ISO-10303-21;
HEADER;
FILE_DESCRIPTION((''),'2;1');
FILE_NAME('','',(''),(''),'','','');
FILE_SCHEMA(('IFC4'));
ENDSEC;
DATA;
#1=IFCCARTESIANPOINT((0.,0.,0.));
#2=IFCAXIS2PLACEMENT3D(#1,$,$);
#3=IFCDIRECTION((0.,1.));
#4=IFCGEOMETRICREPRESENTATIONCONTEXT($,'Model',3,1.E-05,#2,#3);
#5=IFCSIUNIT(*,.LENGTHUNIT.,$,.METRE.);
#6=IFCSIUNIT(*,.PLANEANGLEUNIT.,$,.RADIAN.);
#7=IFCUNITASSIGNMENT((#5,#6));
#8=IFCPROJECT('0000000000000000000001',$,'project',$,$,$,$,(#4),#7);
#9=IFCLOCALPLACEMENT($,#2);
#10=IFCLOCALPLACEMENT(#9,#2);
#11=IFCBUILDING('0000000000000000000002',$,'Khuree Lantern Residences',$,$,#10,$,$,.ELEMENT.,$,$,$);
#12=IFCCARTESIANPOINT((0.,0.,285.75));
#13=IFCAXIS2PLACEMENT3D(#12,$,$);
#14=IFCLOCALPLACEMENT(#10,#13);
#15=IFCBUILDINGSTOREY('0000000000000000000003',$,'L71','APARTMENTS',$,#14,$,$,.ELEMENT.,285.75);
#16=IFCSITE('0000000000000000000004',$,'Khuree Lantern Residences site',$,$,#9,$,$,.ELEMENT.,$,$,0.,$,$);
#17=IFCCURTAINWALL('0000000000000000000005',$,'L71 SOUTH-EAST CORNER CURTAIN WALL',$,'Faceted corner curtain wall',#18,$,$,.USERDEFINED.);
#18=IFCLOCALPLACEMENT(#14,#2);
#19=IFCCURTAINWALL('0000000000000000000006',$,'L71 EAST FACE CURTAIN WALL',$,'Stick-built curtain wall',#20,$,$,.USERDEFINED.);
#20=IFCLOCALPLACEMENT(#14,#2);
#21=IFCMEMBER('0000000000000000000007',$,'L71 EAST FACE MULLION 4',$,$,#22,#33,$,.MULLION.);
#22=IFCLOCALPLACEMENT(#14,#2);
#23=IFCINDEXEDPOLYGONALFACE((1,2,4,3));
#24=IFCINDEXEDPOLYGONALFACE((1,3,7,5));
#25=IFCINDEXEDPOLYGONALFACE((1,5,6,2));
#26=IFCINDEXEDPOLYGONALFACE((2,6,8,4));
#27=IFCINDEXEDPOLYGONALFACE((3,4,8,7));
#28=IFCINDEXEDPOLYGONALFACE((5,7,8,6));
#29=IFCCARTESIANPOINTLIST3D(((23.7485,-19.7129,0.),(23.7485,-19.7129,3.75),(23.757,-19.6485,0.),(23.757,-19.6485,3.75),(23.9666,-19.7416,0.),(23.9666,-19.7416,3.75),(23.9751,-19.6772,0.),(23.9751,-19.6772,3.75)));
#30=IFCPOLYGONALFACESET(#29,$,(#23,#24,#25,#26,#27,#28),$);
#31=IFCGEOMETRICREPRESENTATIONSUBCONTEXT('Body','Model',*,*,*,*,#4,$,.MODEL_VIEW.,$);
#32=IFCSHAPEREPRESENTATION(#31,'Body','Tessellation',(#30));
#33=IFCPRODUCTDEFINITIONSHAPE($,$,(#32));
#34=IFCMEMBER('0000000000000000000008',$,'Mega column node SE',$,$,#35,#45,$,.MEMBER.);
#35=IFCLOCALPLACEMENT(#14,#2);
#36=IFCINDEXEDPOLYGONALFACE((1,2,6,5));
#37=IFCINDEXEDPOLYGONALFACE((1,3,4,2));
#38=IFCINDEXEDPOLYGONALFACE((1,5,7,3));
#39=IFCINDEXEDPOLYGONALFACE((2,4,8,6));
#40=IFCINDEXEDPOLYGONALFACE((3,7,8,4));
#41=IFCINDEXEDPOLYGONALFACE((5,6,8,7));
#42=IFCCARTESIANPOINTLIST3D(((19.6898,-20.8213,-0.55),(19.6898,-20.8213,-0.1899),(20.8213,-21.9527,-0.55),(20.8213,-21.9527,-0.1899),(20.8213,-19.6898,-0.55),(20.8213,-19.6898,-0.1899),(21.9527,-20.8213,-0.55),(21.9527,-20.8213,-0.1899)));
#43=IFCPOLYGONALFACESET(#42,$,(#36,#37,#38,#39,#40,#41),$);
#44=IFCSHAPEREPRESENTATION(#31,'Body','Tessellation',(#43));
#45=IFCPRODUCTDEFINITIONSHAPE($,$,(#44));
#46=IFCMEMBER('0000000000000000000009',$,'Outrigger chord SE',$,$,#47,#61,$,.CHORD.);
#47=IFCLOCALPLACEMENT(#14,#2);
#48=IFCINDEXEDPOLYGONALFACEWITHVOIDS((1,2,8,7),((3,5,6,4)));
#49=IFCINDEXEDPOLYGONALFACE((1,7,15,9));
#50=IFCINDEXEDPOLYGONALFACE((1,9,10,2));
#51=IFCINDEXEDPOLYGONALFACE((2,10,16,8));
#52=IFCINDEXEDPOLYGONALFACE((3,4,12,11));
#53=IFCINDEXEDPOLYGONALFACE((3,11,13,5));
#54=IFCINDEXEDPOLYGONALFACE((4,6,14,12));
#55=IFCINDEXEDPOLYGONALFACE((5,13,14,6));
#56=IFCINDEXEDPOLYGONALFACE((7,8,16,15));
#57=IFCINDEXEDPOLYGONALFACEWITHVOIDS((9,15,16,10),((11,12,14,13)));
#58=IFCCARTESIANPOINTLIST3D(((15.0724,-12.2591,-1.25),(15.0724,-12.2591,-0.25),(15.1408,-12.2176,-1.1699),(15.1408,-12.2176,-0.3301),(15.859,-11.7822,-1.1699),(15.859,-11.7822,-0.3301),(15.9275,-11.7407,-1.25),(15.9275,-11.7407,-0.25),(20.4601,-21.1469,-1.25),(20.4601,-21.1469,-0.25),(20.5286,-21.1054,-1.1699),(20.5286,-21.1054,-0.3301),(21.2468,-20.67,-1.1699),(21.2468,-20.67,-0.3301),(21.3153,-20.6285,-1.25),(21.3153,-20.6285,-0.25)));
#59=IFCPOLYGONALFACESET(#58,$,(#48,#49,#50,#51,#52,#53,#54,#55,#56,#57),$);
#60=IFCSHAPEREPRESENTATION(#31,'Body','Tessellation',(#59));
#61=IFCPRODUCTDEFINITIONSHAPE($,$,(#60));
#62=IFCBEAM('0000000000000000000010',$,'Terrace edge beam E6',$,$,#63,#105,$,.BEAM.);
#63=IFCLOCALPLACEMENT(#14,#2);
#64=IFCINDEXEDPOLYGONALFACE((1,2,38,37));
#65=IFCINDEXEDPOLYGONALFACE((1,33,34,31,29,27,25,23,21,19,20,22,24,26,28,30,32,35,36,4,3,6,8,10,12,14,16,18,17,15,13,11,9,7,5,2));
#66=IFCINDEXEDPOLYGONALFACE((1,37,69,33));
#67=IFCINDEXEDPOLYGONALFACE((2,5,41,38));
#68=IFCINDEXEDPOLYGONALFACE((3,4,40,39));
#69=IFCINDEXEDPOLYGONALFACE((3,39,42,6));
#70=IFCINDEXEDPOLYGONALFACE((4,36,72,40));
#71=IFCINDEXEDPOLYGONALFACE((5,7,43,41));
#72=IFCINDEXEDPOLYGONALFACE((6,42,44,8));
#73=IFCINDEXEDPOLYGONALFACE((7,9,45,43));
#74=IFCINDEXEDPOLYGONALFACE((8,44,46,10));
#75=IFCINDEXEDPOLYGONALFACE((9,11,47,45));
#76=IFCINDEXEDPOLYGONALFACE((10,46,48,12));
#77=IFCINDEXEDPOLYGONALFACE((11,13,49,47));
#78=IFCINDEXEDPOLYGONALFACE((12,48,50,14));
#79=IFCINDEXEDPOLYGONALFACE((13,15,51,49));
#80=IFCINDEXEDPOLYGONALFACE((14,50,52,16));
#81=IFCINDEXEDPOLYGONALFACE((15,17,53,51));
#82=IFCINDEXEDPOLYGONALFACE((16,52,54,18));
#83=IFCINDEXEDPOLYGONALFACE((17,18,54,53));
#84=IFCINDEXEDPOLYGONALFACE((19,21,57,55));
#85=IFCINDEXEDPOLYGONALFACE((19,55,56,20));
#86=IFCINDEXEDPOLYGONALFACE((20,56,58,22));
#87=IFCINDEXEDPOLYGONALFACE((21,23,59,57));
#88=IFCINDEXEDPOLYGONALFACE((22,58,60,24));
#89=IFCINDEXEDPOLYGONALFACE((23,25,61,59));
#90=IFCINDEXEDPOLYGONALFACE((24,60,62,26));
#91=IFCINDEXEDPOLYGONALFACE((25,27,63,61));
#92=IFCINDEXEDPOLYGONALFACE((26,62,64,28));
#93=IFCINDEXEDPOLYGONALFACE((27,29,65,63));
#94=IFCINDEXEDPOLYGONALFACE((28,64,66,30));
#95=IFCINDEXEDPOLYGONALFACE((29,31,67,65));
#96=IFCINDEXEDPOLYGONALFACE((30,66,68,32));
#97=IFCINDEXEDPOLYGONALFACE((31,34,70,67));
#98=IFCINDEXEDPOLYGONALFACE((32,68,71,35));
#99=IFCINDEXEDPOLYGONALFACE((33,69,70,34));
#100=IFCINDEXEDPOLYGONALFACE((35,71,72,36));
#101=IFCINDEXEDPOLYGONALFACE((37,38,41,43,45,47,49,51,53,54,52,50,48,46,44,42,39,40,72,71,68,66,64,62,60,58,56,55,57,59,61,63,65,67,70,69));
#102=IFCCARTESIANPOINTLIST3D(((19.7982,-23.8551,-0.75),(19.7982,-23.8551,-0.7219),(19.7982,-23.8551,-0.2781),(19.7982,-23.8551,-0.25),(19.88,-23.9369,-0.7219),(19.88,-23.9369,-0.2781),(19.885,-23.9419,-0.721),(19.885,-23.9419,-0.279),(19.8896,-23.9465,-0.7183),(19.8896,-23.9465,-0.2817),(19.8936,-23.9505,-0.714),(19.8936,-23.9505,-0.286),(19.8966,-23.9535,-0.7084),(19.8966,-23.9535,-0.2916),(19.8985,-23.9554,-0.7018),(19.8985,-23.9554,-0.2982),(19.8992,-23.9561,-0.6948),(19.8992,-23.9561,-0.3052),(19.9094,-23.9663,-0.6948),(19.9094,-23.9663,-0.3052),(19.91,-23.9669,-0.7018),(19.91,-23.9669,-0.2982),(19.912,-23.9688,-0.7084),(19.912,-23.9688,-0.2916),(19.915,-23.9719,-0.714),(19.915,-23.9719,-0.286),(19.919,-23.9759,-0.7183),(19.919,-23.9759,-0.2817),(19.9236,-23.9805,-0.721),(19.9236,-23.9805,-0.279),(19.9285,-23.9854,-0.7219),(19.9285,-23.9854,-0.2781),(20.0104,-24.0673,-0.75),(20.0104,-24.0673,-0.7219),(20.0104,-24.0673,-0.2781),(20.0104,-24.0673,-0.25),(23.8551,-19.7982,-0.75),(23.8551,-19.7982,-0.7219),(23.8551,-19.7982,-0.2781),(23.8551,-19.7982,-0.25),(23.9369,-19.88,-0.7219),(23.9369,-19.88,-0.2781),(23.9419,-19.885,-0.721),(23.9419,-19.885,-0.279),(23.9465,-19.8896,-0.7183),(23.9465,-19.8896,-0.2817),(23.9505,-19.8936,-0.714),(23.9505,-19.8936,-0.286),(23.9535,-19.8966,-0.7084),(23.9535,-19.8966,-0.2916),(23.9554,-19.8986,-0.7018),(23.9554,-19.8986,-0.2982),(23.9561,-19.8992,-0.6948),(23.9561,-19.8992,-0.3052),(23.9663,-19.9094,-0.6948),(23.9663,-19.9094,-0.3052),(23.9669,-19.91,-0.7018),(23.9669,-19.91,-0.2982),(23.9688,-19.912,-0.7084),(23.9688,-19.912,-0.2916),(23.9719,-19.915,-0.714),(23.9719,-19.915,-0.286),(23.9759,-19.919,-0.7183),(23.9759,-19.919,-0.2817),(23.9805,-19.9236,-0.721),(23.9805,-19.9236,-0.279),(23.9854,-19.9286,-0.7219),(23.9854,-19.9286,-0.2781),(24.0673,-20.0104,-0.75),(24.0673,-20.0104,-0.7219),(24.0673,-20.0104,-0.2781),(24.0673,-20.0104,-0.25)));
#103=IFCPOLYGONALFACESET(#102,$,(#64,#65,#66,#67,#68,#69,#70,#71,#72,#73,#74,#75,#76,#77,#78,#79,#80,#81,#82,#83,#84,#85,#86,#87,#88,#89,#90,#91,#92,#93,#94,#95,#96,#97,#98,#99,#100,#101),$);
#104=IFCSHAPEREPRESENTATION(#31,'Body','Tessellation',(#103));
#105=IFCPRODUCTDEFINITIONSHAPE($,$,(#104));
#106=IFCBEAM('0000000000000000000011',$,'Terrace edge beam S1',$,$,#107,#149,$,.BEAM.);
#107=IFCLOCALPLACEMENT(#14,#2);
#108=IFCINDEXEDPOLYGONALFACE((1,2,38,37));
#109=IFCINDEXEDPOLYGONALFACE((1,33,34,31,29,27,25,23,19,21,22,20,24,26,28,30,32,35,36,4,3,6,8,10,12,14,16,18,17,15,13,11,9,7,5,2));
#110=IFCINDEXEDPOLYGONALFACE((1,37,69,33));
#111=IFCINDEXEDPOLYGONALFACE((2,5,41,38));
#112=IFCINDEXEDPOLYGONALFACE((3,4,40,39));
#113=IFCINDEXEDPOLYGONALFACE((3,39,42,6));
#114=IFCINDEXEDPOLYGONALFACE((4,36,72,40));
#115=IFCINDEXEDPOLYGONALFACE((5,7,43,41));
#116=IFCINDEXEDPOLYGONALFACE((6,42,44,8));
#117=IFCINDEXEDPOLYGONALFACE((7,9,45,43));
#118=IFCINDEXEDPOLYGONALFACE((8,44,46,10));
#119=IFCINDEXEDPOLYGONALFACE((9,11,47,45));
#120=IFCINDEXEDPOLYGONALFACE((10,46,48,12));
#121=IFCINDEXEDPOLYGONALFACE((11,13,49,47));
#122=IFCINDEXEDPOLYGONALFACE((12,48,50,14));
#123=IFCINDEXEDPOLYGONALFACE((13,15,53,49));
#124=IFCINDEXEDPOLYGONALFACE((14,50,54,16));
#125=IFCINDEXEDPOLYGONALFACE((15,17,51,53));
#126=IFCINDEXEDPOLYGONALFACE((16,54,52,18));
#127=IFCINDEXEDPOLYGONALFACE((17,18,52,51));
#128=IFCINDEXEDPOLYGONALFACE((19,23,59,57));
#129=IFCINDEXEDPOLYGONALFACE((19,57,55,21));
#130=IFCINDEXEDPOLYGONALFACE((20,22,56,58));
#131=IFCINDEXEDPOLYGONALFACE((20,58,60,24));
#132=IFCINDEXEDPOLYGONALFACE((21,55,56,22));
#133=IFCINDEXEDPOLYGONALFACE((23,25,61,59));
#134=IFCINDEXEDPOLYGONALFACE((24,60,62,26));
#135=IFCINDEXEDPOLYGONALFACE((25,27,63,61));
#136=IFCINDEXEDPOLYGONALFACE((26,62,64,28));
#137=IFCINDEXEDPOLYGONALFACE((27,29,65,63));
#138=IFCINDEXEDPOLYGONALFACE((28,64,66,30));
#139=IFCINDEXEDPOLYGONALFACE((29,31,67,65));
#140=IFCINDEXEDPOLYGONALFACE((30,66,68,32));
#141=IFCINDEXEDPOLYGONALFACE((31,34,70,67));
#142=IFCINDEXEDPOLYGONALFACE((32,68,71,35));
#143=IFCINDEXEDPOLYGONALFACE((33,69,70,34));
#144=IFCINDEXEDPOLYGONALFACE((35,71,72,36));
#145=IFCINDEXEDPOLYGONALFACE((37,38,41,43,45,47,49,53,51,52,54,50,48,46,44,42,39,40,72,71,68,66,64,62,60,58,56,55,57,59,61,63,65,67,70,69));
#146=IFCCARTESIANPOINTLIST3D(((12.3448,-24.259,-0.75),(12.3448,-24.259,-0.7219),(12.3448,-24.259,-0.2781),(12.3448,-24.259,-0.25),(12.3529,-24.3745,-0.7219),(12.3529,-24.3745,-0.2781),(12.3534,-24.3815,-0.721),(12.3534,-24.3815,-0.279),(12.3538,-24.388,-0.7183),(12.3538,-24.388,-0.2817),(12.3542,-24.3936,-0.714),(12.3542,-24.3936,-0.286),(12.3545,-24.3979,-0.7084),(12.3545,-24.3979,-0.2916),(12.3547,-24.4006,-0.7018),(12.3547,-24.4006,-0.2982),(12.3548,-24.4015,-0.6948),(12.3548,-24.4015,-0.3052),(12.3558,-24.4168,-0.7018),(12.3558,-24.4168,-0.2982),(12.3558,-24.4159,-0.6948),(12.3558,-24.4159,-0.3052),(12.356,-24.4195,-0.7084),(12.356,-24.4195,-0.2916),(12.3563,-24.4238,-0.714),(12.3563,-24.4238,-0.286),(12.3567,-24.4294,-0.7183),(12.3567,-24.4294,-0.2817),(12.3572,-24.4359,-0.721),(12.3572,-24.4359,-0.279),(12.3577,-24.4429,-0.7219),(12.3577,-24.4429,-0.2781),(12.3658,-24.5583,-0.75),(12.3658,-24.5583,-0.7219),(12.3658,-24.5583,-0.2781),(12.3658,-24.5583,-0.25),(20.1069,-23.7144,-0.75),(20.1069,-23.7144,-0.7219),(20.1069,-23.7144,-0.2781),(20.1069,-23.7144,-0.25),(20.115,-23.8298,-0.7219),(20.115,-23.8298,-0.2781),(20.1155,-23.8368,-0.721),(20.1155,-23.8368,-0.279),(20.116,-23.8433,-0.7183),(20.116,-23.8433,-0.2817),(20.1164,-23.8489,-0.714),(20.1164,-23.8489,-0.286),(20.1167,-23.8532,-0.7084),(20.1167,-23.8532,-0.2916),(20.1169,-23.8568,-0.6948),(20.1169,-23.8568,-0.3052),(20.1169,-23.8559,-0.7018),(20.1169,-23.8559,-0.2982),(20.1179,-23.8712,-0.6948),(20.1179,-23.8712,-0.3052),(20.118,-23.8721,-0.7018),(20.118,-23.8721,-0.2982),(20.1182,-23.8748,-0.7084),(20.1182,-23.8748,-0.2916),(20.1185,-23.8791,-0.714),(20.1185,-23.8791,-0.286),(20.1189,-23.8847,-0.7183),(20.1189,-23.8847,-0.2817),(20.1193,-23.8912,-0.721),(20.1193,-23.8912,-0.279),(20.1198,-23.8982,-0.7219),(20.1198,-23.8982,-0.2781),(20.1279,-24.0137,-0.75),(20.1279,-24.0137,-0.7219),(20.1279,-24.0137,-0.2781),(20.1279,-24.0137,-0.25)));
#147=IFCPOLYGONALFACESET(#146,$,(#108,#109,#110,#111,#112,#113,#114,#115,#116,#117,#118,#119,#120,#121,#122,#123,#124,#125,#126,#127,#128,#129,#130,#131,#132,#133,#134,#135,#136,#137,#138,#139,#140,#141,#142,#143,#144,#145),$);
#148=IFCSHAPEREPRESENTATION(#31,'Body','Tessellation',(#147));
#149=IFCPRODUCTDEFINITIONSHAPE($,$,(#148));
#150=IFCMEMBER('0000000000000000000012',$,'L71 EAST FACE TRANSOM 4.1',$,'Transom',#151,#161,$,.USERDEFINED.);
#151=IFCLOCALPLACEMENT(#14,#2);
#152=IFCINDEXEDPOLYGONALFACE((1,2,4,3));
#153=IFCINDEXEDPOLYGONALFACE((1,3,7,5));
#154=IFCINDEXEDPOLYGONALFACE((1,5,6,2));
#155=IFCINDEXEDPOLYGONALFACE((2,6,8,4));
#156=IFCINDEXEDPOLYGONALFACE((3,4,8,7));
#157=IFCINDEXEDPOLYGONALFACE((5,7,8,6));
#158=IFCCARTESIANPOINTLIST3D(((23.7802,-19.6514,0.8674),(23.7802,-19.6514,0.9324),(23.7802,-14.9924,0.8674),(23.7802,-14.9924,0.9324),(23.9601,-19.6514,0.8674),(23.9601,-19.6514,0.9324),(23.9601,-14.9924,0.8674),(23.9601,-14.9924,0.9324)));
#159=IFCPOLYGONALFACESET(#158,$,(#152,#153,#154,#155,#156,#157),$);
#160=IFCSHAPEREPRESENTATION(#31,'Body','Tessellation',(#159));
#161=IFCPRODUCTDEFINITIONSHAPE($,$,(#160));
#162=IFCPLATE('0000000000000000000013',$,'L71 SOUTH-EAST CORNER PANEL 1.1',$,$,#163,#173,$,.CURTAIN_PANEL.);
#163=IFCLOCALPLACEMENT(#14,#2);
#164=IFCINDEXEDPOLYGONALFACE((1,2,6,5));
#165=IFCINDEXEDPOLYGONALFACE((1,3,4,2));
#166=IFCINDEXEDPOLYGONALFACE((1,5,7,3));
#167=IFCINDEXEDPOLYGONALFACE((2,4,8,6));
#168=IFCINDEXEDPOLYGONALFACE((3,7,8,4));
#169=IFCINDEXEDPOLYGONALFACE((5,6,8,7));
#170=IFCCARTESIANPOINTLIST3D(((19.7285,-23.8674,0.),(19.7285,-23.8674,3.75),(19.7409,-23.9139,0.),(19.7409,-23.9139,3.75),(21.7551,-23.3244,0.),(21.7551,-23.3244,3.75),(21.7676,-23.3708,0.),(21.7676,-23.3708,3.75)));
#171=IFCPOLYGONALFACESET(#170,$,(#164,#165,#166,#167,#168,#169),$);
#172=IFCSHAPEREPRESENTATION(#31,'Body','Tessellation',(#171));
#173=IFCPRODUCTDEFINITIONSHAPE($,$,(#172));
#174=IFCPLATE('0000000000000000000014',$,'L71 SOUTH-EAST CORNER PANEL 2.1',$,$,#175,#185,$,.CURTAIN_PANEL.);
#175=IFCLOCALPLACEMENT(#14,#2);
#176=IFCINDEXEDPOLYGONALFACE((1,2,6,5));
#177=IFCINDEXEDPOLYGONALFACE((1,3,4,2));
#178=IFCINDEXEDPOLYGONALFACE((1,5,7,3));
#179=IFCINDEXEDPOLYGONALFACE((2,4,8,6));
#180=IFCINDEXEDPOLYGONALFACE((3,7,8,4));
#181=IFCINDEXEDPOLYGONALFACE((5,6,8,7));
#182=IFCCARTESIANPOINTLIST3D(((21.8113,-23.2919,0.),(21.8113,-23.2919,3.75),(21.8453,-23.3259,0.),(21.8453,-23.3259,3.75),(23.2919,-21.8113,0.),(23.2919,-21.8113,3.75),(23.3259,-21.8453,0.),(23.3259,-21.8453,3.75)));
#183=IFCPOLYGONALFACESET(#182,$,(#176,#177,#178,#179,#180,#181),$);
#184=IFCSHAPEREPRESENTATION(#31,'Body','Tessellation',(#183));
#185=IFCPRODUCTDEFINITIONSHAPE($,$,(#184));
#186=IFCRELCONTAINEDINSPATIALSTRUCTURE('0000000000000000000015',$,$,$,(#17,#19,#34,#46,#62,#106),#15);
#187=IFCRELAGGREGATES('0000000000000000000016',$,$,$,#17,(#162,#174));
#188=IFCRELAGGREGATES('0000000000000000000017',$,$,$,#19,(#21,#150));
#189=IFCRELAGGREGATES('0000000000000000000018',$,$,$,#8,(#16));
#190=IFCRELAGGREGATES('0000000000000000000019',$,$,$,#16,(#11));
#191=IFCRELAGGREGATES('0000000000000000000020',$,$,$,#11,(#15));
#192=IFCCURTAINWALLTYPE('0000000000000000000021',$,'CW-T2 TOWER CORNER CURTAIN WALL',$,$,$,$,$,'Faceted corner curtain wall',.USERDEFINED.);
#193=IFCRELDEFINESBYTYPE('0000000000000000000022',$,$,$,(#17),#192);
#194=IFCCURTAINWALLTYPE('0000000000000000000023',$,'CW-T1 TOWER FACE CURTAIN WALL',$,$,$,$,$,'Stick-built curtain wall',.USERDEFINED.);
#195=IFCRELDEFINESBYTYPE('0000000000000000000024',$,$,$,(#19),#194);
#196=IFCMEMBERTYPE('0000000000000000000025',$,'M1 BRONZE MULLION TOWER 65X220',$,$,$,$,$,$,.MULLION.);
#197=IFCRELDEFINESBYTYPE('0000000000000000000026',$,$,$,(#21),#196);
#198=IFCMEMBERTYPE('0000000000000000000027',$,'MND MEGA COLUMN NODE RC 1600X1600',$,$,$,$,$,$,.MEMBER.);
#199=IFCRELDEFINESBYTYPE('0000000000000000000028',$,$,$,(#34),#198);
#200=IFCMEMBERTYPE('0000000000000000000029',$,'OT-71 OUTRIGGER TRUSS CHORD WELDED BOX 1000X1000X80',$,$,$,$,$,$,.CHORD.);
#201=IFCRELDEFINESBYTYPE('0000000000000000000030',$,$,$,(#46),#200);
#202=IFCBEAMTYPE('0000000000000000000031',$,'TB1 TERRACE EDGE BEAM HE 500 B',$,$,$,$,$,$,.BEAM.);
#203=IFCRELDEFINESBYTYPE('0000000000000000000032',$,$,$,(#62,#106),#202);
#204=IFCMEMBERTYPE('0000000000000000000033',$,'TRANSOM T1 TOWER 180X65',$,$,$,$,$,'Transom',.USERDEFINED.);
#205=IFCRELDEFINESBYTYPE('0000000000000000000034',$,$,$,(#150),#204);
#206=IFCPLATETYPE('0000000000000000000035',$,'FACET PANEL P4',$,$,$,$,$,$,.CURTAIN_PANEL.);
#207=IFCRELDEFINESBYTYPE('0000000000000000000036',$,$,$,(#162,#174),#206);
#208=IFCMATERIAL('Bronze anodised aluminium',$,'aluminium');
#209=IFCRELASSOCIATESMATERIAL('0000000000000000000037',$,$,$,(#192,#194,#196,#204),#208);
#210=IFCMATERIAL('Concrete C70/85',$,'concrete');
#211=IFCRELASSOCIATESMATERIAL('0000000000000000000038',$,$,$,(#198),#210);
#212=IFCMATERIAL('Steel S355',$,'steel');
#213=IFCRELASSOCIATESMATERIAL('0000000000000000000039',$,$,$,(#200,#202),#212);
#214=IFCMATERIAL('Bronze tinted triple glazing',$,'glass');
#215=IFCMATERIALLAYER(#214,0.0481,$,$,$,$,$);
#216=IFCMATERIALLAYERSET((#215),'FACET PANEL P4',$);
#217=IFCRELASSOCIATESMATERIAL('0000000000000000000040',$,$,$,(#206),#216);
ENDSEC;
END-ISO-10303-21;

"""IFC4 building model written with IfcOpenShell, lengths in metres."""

from ifc_helpers import new_model, si_unit, direction, frame, origin, origin_2d, place, context, subcontext, project, spatial, rectangle, hollow_rectangle, i_section, extrude, material, layer, layer_set, material_profile, profile_set, type_object, element, aggregate, save


model = new_model("IFC4")

# Units and contexts
model_context = context("Model", 3, precision=1e-05, world=origin(), true_north=direction((0.0, 1.0)))
body_context = subcontext(model_context, "Body", "Model", "MODEL_VIEW")
ifc_project = project(units=[si_unit("LENGTHUNIT", "METRE"), si_unit("PLANEANGLEUNIT", "RADIAN")], contexts=[model_context])

# Site, building, storey
site_placement = place(None, origin())
site = spatial("IfcSite", under=ifc_project, at=site_placement, Name="Khuree Lantern Residences site", CompositionType="ELEMENT", RefElevation=0.0)
building_placement = place(site_placement, origin())
building = spatial("IfcBuilding", under=site, at=building_placement, Name="Khuree Lantern Residences", CompositionType="ELEMENT")
storey_placement = place(building_placement, frame((0.0, 0.0, 285.75)))
storey = spatial("IfcBuildingStorey", under=building, at=storey_placement, Name="L71", Description="APARTMENTS", CompositionType="ELEMENT", Elevation=285.75)

# Shared definitions
ifc_material_1 = material(Name="Concrete C70/85", Category="concrete")

# Shared definitions
ifc_material_2 = material(Name="Steel S355", Category="steel")

# Curtain wall
ifc_material_3 = material(Name="Bronze anodised aluminium", Category="aluminium")
curtain_wall_type_1 = type_object("IfcCurtainWallType", Name="CW-T2 TOWER CORNER CURTAIN WALL", ElementType="Faceted corner curtain wall", PredefinedType="USERDEFINED", material=ifc_material_3)
curtain_wall_1_placement = place(storey_placement, origin())
curtain_wall_1 = element("IfcCurtainWall", 1, at=curtain_wall_1_placement, inside=storey, type_object=curtain_wall_type_1, Name="L71 SOUTH-EAST CORNER CURTAIN WALL", ObjectType="Faceted corner curtain wall", PredefinedType="USERDEFINED")
ifc_material_profile_1 = material_profile(ifc_material_3, rectangle(XDim=0.0649, YDim=0.22, at=origin_2d()), Name="M1 65X220")
ifc_profile_set_1 = profile_set([ifc_material_profile_1], Name="Bronze anodised aluminium")
member_type_1 = type_object("IfcMemberType", Name="M1 BRONZE MULLION TOWER 65X220", PredefinedType="MULLION", material=ifc_profile_set_1)

# Curtain wall, member
curtain_wall_type_2 = type_object("IfcCurtainWallType", Name="CW-T1 TOWER FACE CURTAIN WALL", ElementType="Stick-built curtain wall", PredefinedType="USERDEFINED", material=ifc_material_3)
curtain_wall_2_placement = place(storey_placement, origin())
curtain_wall_2 = element("IfcCurtainWall", 2, at=curtain_wall_2_placement, inside=storey, type_object=curtain_wall_type_2, Name="L71 EAST FACE CURTAIN WALL", ObjectType="Stick-built curtain wall", PredefinedType="USERDEFINED")
member_1_placement = place(storey_placement, frame((23.8618, -19.6951, 0.0), z_axis=(0.0, 0.0, 1.0), x_axis=(0.130526, 0.991445, 0.0)))
member_1 = element("IfcMember", 3, at=member_1_placement, type_object=member_type_1, Name="L71 EAST FACE MULLION 4", PredefinedType="MULLION", context=body_context, shape_type="SweptSolid", body=[
    extrude(rectangle(XDim=0.0649, YDim=0.22, at=origin_2d()), origin(), (0.0, 0.0, 1.0), 3.75),
])

# Members
ifc_material_profile_2 = material_profile(ifc_material_1, rectangle(XDim=1.6001, YDim=1.6001, at=origin_2d()), Name="RC 1600X1600")
ifc_profile_set_2 = profile_set([ifc_material_profile_2], Name="Concrete C70/85")
member_type_2 = type_object("IfcMemberType", Name="MND MEGA COLUMN NODE RC 1600X1600", PredefinedType="MEMBER", material=ifc_profile_set_2)
member_2_placement = place(storey_placement, frame((20.8213, -20.8213, -0.55), z_axis=(0.0, 0.0, 1.0), x_axis=(0.707107, 0.707107, 0.0)))
element("IfcMember", 4, at=member_2_placement, inside=storey, type_object=member_type_2, Name="Mega column node SE", PredefinedType="MEMBER", context=body_context, shape_type="SweptSolid", body=[
    extrude(rectangle(XDim=1.6001, YDim=1.6001, at=origin_2d()), origin(), (0.0, 0.0, 1.0), 0.3601),
])
ifc_material_profile_3 = material_profile(ifc_material_2, hollow_rectangle(XDim=1.0, YDim=1.0, WallThickness=0.0801, at=origin_2d()), Name="WELDED BOX 1000X1000X80")
ifc_profile_set_3 = profile_set([ifc_material_profile_3], Name="Steel S355")
member_type_3 = type_object("IfcMemberType", Name="OT-71 OUTRIGGER TRUSS CHORD WELDED BOX 1000X1000X80", PredefinedType="CHORD", material=ifc_profile_set_3)
member_3_placement = place(storey_placement, frame((20.8877, -20.8877, -0.75), z_axis=(-0.518387, 0.855146, 0.0), x_axis=(-0.855146, -0.518387, 0.0)))
element("IfcMember", 5, at=member_3_placement, inside=storey, type_object=member_type_3, Name="Outrigger chord SE", PredefinedType="CHORD", context=body_context, shape_type="SweptSolid", body=[
    extrude(hollow_rectangle(XDim=1.0, YDim=1.0, WallThickness=0.0801, at=origin_2d()), origin(), (0.0, 0.0, 1.0), 10.3933),
])

# Beams
ifc_material_profile_4 = material_profile(ifc_material_2, i_section(OverallWidth=0.3, OverallDepth=0.5, WebThickness=0.0144, FlangeThickness=0.0281, FilletRadius=0.0271, at=origin_2d()), Name="HE 500 B")
ifc_profile_set_4 = profile_set([ifc_material_profile_4], Name="Steel S355")
beam_type_1 = type_object("IfcBeamType", Name="TB1 TERRACE EDGE BEAM HE 500 B", PredefinedType="BEAM", material=ifc_profile_set_4)
beam_1_placement = place(storey_placement, frame((23.9612, -19.9043, -0.5), z_axis=(-0.707107, -0.707107, 0.0), x_axis=(0.707107, -0.707107, 0.0)))
element("IfcBeam", 6, at=beam_1_placement, inside=storey, type_object=beam_type_1, Name="Terrace edge beam E6", PredefinedType="BEAM", context=body_context, shape_type="SweptSolid", body=[
    extrude(i_section(OverallWidth=0.3, OverallDepth=0.5, WebThickness=0.0144, FlangeThickness=0.0281, FilletRadius=0.0271, at=origin_2d()), origin(), (0.0, 0.0, 1.0), 5.7373),
])
beam_2_placement = place(storey_placement, frame((20.1174, -23.864, -0.5), z_axis=(-0.997547, -0.069998, 0.0), x_axis=(0.069998, -0.997547, 0.0)))
element("IfcBeam", 7, at=beam_2_placement, inside=storey, type_object=beam_type_1, Name="Terrace edge beam S1", PredefinedType="BEAM", context=body_context, shape_type="SweptSolid", body=[
    extrude(i_section(OverallWidth=0.3, OverallDepth=0.5, WebThickness=0.0144, FlangeThickness=0.0281, FilletRadius=0.0271, at=origin_2d()), origin(), (0.0, 0.0, 1.0), 7.7812),
])

# Member
ifc_material_profile_5 = material_profile(ifc_material_3, rectangle(XDim=0.1799, YDim=0.0649, at=origin_2d()), Name="T1 180X65")
ifc_profile_set_5 = profile_set([ifc_material_profile_5], Name="Bronze anodised aluminium")
member_type_4 = type_object("IfcMemberType", Name="TRANSOM T1 TOWER 180X65", ElementType="Transom", PredefinedType="USERDEFINED", material=ifc_profile_set_5)
member_4_placement = place(storey_placement, frame((23.8701, -19.6514, 0.8999), z_axis=(0.0, 1.0, 0.0), x_axis=(-1.0, 0.0, 0.0)))
member_4 = element("IfcMember", 8, at=member_4_placement, type_object=member_type_4, Name="L71 EAST FACE TRANSOM 4.1", ObjectType="Transom", PredefinedType="USERDEFINED", context=body_context, shape_type="SweptSolid", body=[
    extrude(rectangle(XDim=0.1799, YDim=0.0649, at=origin_2d()), origin(), (0.0, 0.0, 1.0), 4.6589),
])

# Plates
ifc_material_4 = material(Name="Bronze tinted triple glazing", Category="glass")
ifc_layer_1 = layer(ifc_material_4, 0.0481)
ifc_layer_set_1 = layer_set([ifc_layer_1], Name="FACET PANEL P4")
plate_type_1 = type_object("IfcPlateType", Name="FACET PANEL P4", PredefinedType="CURTAIN_PANEL", material=ifc_layer_set_1)
plate_1_placement = place(storey_placement, frame((20.748, -23.6191, 0.0), z_axis=(0.0, 0.0, 1.0), x_axis=(0.965926, 0.258819, 0.0)))
plate_1 = element("IfcPlate", 9, at=plate_1_placement, type_object=plate_type_1, Name="L71 SOUTH-EAST CORNER PANEL 1.1", PredefinedType="CURTAIN_PANEL", context=body_context, shape_type="SweptSolid", body=[
    extrude(rectangle(XDim=2.0981, YDim=0.0481, at=origin_2d()), origin(), (0.0, 0.0, 1.0), 3.75),
])
plate_2_placement = place(storey_placement, frame((22.5686, -22.5686, 0.0), z_axis=(0.0, 0.0, 1.0), x_axis=(0.707107, 0.707107, 0.0)))
plate_2 = element("IfcPlate", 10, at=plate_2_placement, type_object=plate_type_1, Name="L71 SOUTH-EAST CORNER PANEL 2.1", PredefinedType="CURTAIN_PANEL", context=body_context, shape_type="SweptSolid", body=[
    extrude(rectangle(XDim=2.094, YDim=0.0481, at=origin_2d()), origin(), (0.0, 0.0, 1.0), 3.75),
])
aggregate(curtain_wall_1, [plate_1, plate_2])

aggregate(curtain_wall_2, [member_1, member_4])

save(model, "model.ifc")
